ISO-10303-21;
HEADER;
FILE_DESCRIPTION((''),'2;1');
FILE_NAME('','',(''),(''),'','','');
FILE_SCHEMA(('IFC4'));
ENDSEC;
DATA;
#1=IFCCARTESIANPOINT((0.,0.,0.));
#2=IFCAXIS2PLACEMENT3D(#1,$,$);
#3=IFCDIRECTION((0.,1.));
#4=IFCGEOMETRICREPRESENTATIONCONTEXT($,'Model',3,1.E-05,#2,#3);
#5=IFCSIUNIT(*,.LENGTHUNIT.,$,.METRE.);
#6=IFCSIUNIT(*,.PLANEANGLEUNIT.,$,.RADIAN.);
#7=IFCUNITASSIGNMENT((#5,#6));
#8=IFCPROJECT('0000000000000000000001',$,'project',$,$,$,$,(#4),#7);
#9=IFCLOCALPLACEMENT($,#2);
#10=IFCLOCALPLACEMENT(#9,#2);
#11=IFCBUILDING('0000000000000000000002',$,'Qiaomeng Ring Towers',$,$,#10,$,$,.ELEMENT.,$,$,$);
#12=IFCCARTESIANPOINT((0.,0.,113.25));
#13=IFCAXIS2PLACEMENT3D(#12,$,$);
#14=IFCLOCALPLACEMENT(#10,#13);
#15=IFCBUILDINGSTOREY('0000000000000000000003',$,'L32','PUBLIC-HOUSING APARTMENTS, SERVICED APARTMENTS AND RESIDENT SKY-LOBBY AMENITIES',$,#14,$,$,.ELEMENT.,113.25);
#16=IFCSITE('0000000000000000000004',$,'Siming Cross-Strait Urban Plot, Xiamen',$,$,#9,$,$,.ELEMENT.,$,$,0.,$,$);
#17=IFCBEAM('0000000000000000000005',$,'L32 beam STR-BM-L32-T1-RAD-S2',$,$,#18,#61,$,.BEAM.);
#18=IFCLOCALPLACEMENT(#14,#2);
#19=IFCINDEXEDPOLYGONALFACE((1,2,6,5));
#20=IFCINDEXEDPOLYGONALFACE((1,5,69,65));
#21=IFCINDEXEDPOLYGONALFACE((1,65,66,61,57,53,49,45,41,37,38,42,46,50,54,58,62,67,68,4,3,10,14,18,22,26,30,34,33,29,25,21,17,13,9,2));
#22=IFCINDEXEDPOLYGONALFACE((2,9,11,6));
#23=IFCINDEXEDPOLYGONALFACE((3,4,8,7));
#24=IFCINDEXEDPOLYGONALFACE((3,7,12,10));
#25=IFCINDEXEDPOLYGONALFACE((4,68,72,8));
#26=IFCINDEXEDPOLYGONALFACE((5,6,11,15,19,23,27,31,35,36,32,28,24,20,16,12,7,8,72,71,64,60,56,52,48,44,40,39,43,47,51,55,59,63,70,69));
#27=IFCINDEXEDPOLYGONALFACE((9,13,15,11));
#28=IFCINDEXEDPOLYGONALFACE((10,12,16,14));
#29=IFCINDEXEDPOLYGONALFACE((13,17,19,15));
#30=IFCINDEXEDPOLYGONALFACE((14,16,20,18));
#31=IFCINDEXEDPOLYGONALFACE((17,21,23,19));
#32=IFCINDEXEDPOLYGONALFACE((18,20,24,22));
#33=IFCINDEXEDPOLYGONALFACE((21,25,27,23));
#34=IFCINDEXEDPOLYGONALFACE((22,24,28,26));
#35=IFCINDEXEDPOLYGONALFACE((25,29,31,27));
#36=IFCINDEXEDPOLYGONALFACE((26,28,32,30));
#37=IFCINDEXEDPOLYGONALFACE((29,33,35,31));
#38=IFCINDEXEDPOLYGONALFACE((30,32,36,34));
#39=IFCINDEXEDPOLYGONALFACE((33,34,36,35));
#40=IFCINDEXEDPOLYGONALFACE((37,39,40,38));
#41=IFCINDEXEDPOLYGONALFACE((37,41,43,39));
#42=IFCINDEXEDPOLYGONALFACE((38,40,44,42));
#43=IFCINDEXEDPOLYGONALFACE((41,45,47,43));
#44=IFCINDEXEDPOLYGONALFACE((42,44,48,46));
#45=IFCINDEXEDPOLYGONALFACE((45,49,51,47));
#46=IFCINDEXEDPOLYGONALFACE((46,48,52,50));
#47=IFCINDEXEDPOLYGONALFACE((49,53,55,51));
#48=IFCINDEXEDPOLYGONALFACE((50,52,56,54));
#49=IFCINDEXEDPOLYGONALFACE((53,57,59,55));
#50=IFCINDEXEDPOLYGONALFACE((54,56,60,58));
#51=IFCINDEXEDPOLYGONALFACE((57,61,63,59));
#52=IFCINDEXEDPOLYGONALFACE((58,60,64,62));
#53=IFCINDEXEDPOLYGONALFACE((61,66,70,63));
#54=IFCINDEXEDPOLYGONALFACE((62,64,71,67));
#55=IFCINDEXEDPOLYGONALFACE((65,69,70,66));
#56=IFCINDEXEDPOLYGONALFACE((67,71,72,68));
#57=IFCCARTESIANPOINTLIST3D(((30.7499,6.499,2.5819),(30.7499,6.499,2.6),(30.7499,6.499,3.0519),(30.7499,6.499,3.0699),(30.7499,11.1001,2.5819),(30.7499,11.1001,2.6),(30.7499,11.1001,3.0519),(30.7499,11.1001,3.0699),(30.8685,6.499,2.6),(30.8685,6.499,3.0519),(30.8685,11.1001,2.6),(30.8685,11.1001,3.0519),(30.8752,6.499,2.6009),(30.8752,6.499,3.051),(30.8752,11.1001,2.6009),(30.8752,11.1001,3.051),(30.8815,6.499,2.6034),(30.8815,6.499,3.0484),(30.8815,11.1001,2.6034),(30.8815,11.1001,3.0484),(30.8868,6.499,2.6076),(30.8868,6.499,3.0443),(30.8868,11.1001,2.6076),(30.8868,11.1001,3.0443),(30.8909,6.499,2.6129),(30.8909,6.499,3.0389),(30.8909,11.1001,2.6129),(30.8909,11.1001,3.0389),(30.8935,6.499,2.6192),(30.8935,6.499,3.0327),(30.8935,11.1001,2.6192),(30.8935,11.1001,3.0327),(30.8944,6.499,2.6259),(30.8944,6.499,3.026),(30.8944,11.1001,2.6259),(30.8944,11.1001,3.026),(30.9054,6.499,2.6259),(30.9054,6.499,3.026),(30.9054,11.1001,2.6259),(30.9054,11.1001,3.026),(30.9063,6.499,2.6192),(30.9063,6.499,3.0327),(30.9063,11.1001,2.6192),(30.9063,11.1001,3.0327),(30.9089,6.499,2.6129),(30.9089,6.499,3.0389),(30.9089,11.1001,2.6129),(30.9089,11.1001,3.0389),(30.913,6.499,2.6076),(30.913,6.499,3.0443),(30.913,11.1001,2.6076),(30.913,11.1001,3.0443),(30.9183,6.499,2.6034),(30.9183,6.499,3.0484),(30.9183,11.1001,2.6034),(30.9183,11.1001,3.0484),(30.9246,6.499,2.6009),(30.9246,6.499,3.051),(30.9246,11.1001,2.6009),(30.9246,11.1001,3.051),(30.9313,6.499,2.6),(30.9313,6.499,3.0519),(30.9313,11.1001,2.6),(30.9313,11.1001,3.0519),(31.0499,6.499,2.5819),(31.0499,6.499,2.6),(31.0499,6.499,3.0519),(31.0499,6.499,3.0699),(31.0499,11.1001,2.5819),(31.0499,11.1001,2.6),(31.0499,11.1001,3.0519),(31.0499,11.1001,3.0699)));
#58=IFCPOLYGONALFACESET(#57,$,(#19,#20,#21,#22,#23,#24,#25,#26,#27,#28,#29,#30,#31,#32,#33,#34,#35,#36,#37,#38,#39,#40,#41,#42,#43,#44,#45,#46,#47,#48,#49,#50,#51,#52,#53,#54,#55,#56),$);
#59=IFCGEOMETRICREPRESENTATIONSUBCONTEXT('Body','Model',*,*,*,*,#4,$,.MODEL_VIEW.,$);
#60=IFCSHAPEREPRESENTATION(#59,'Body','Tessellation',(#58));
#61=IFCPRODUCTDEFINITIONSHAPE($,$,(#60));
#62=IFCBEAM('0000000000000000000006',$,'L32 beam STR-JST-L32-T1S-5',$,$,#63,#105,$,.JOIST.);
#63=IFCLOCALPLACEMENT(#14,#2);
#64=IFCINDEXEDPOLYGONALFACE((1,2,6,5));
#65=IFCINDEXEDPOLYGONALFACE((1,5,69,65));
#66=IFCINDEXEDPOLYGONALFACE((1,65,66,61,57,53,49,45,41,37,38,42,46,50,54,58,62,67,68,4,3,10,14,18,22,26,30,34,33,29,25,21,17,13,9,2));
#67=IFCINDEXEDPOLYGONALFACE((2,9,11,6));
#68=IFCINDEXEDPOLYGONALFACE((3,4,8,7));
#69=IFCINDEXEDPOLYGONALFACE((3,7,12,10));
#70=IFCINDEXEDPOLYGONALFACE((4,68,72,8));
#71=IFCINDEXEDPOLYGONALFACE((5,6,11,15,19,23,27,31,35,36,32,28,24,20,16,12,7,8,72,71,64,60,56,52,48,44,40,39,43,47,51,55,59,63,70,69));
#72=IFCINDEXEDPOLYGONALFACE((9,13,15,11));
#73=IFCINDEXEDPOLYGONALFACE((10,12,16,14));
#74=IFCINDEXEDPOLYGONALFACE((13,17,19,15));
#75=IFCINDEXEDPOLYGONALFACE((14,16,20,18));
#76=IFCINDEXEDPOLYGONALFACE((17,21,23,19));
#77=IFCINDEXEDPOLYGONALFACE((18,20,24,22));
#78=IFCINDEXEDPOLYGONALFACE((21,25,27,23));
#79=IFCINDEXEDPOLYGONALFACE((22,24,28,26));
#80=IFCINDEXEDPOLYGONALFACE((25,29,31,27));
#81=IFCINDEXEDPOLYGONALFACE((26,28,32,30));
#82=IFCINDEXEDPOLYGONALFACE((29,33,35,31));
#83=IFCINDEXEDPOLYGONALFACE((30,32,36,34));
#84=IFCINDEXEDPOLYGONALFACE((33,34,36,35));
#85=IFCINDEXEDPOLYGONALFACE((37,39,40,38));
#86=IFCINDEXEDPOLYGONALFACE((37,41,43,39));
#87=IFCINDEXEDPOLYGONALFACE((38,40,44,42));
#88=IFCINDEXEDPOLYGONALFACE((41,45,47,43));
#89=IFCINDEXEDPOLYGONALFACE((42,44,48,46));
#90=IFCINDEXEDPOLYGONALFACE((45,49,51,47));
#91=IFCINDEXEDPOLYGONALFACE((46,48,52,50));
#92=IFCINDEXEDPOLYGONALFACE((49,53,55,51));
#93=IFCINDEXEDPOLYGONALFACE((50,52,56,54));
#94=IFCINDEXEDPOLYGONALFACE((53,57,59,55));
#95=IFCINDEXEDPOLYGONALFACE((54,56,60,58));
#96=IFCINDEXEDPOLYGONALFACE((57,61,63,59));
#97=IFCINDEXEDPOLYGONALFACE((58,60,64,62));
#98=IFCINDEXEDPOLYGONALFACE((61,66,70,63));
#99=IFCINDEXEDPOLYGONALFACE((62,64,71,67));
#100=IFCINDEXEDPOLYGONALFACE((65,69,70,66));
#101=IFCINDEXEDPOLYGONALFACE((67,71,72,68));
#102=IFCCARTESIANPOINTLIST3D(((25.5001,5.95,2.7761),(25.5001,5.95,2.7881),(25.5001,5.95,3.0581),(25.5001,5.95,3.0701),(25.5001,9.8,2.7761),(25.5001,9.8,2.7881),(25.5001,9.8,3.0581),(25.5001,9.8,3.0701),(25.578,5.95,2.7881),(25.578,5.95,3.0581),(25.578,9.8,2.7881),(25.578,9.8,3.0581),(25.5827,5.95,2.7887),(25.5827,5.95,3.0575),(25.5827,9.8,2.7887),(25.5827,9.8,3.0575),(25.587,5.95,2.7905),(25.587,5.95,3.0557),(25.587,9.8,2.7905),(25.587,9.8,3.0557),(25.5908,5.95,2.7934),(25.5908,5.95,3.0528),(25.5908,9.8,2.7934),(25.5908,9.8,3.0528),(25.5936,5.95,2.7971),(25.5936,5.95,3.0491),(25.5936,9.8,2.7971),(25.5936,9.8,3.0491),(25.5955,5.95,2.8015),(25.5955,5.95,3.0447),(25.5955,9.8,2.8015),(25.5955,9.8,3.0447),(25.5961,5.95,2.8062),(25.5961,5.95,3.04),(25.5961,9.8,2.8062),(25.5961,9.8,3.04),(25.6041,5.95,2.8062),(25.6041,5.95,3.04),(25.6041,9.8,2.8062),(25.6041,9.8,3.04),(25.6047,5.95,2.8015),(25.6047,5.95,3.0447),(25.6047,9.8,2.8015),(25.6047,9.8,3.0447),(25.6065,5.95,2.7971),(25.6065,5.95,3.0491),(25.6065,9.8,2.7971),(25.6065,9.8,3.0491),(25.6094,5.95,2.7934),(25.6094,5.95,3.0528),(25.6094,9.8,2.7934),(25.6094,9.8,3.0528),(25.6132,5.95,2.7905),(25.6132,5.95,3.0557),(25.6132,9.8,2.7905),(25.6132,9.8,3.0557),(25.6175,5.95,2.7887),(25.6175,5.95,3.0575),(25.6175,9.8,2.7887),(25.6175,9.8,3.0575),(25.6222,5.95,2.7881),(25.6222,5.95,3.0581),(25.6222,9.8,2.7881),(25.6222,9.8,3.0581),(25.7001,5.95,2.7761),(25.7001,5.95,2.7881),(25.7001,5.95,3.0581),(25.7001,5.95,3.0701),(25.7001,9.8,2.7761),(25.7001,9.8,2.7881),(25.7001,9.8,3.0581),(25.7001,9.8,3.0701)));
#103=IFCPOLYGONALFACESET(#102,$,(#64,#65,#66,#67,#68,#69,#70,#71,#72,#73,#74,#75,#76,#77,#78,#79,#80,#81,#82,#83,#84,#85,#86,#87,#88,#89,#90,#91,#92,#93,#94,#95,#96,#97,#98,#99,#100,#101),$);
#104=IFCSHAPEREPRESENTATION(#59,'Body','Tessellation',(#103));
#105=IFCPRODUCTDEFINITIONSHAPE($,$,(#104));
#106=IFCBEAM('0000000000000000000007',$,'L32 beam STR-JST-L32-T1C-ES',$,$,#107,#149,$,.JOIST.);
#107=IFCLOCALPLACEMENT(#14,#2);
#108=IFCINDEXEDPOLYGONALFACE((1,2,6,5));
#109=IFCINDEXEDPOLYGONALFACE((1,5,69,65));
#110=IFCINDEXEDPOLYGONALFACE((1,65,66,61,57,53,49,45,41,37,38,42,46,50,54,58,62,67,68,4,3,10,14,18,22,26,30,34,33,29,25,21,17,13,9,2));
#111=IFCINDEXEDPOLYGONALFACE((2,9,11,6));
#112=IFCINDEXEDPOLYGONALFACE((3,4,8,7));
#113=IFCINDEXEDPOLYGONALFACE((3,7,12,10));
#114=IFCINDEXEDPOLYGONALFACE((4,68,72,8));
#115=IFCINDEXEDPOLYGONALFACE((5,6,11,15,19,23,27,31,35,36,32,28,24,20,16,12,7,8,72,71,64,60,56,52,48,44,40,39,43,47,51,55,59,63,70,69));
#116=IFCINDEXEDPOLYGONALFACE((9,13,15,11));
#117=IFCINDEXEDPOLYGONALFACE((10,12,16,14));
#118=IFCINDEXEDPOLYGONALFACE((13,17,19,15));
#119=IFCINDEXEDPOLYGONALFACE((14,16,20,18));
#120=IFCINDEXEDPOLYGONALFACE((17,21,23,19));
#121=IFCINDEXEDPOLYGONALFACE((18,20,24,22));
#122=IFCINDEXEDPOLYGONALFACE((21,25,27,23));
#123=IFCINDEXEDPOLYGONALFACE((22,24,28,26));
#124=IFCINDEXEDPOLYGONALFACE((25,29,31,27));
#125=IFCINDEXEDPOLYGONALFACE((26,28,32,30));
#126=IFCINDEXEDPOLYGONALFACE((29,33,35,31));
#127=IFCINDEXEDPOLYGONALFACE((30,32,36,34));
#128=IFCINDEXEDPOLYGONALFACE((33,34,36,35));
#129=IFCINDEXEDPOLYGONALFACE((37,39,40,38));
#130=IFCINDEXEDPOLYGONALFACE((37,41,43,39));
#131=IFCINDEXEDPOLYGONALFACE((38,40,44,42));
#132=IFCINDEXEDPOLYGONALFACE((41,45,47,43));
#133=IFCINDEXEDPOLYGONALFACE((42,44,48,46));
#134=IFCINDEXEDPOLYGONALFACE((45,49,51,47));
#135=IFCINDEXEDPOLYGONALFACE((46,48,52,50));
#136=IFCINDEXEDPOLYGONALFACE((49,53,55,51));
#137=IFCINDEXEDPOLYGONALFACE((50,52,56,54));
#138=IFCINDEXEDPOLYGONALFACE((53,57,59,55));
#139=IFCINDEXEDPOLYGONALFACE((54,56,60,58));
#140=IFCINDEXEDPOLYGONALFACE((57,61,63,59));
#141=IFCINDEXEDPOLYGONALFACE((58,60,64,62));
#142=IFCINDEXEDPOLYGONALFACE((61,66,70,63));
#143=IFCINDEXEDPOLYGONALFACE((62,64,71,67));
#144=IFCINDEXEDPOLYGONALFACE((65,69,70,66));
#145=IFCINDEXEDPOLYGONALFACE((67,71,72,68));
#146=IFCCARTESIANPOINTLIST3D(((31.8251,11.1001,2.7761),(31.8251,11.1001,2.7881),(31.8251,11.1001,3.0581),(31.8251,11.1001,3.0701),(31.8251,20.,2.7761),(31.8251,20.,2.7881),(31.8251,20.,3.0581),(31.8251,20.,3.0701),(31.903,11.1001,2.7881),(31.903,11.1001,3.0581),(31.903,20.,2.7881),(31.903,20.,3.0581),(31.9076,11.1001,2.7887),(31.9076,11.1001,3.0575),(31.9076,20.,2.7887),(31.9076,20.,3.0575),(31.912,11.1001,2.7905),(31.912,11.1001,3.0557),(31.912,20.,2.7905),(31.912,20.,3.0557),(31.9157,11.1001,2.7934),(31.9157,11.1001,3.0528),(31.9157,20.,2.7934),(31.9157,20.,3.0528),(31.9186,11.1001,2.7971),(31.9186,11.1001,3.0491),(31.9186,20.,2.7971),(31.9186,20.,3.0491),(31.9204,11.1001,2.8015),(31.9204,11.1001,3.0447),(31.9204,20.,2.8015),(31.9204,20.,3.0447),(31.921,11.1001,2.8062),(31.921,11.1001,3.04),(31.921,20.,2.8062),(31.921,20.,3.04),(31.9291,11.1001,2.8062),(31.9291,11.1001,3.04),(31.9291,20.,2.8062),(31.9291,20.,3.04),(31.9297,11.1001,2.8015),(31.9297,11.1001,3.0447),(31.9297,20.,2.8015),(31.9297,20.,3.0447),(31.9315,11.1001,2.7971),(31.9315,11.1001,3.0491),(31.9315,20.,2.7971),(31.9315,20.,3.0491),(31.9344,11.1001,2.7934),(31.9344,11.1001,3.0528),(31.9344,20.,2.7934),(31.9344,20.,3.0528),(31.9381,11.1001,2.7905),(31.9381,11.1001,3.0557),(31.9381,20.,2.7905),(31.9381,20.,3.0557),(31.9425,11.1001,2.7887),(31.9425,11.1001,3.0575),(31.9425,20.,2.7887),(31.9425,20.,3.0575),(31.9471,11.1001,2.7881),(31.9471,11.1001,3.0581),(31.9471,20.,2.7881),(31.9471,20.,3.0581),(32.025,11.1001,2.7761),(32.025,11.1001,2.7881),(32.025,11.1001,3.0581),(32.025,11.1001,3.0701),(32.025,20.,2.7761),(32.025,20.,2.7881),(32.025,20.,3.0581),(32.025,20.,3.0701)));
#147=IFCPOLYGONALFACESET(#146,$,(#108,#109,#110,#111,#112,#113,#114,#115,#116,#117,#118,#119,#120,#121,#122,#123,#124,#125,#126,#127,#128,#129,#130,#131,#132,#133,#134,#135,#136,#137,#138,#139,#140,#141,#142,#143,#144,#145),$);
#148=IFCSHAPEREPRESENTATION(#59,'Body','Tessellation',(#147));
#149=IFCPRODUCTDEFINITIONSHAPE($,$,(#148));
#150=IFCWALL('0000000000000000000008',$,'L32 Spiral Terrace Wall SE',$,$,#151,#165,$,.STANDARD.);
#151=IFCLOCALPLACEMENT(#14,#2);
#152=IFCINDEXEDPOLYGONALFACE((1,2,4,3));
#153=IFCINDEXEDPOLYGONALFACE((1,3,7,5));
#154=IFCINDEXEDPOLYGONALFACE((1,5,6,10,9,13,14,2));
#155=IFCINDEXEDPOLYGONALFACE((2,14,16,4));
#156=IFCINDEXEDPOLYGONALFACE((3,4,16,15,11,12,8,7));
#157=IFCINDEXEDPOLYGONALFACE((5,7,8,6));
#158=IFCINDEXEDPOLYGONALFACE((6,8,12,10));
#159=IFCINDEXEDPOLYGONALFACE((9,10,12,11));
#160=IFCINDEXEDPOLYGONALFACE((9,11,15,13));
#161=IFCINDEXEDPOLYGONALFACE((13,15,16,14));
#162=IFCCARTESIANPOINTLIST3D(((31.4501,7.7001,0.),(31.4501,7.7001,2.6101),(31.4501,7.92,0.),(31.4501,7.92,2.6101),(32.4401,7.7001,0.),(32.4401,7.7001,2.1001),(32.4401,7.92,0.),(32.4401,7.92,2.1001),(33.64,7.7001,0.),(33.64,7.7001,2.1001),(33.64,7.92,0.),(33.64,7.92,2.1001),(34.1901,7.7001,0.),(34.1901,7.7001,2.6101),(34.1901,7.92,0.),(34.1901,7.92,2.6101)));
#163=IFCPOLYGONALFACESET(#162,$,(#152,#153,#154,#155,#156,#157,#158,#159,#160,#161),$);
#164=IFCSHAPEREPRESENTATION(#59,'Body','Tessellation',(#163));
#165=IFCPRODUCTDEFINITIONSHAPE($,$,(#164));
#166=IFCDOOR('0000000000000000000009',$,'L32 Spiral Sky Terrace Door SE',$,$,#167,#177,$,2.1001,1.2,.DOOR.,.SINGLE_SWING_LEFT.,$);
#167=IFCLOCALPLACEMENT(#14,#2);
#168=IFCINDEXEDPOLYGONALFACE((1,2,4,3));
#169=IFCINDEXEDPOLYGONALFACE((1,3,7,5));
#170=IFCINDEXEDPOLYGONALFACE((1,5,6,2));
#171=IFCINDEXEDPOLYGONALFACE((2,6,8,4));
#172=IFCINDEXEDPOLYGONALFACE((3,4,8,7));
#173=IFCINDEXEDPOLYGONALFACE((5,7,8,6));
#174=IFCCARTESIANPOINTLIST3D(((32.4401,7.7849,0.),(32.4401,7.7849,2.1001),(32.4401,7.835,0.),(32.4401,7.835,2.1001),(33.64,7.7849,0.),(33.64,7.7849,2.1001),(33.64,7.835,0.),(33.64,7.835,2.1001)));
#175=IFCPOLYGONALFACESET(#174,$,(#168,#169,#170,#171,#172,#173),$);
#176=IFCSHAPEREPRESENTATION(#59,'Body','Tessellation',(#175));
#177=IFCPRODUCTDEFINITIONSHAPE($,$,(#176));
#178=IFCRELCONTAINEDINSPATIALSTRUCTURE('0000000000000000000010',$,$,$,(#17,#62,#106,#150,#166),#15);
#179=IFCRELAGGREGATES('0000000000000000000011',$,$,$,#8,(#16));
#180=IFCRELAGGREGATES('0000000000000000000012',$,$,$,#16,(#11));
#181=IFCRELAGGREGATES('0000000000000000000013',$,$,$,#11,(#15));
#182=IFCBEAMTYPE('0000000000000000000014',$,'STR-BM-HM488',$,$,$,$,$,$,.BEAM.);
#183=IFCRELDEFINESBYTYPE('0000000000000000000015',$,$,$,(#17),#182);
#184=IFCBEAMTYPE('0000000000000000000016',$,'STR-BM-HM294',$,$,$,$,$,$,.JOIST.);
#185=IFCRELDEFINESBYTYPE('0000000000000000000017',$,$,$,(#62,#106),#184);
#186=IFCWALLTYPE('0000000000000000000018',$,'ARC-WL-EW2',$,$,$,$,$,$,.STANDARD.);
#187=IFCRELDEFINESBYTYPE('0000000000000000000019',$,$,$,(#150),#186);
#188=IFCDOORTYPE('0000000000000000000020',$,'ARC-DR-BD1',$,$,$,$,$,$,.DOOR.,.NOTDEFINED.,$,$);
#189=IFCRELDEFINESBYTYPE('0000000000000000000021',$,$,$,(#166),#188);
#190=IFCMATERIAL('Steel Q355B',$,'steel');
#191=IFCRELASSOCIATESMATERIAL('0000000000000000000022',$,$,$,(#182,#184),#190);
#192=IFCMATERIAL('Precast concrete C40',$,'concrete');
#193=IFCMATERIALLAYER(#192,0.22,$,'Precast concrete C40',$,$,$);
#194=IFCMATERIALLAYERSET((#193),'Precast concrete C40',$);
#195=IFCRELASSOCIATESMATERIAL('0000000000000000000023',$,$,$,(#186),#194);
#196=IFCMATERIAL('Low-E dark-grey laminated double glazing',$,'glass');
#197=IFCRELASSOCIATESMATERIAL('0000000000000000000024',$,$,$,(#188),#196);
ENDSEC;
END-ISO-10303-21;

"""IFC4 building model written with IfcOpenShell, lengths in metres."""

from ifc_helpers import new_model, si_unit, direction, frame, frame_2d, origin, origin_2d, place, context, subcontext, project, spatial, rectangle, i_section, extrude, source, transform, mapped, material, layer, layer_set, material_profile, profile_set, type_object, element, fill, save


model = new_model("IFC4")

# Units and contexts
model_context = context("Model", 3, precision=1e-05, world=origin(), true_north=direction((0.0, 1.0)))
body_context = subcontext(model_context, "Body", "Model", "MODEL_VIEW")
ifc_project = project(units=[si_unit("LENGTHUNIT", "METRE"), si_unit("PLANEANGLEUNIT", "RADIAN")], contexts=[model_context])

# Site, building, storey
site_placement = place(None, origin())
site = spatial("IfcSite", under=ifc_project, at=site_placement, Name="Siming Cross-Strait Urban Plot, Xiamen", CompositionType="ELEMENT", RefElevation=0.0)
building_placement = place(site_placement, origin())
building = spatial("IfcBuilding", under=site, at=building_placement, Name="Qiaomeng Ring Towers", CompositionType="ELEMENT")
storey_placement = place(building_placement, frame((0.0, 0.0, 113.25)))
storey = spatial("IfcBuildingStorey", under=building, at=storey_placement, Name="L32", Description="PUBLIC-HOUSING APARTMENTS, SERVICED APARTMENTS AND RESIDENT SKY-LOBBY AMENITIES", CompositionType="ELEMENT", Elevation=113.25)

# Beams
ifc_material_1 = material(Name="Steel Q355B", Category="steel")
ifc_material_profile_1 = material_profile(ifc_material_1, i_section(OverallWidth=0.3, OverallDepth=0.488, WebThickness=0.011, FlangeThickness=0.0181, FilletRadius=0.0259, at=origin_2d()), Name="HM 488x300x11x18")
ifc_profile_set_1 = profile_set([ifc_material_profile_1], Name="Steel Q355B")
beam_type_1 = type_object("IfcBeamType", Name="STR-BM-HM488", PredefinedType="BEAM", material=ifc_profile_set_1)
shared_shape_1 = source(origin(), body_context, "Body", "SweptSolid", [
    extrude(i_section(OverallWidth=0.3, OverallDepth=0.488, WebThickness=0.011, FlangeThickness=0.0181, FilletRadius=0.0259, at=origin_2d()), origin(), (0.0, 0.0, 1.0), 4.6011),
])
beam_1_placement = place(storey_placement, frame((30.8999, 6.499, 2.8259), z_axis=(0.0, 1.0, 0.0), x_axis=(-1.0, 0.0, 0.0)))
element("IfcBeam", 1, at=beam_1_placement, inside=storey, type_object=beam_type_1, Name="L32 beam STR-BM-L32-T1-RAD-S2", PredefinedType="BEAM", context=body_context, shape_type="MappedRepresentation", body=[
    mapped(shared_shape_1, transform((0.0, 0.0, 0.0), x_axis=(1.0, 0.0, 0.0), y_axis=(0.0, 1.0, 0.0), z_axis=(0.0, 0.0, 1.0), scale=1.0)),
])
ifc_material_profile_2 = material_profile(ifc_material_1, i_section(OverallWidth=0.2, OverallDepth=0.2939, WebThickness=0.0081, FlangeThickness=0.012, FilletRadius=0.0181, at=origin_2d()), Name="HM 294x200x8x12")
ifc_profile_set_2 = profile_set([ifc_material_profile_2], Name="Steel Q355B")
beam_type_2 = type_object("IfcBeamType", Name="STR-BM-HM294", PredefinedType="JOIST", material=ifc_profile_set_2)
shared_shape_2 = source(origin(), body_context, "Body", "SweptSolid", [
    extrude(i_section(OverallWidth=0.2, OverallDepth=0.2939, WebThickness=0.0081, FlangeThickness=0.012, FilletRadius=0.0181, at=origin_2d()), origin(), (0.0, 0.0, 1.0), 3.8501),
])
beam_2_placement = place(storey_placement, frame((25.6001, 5.95, 2.9231), z_axis=(0.0, 1.0, 0.0), x_axis=(-1.0, 0.0, 0.0)))
element("IfcBeam", 2, at=beam_2_placement, inside=storey, type_object=beam_type_2, Name="L32 beam STR-JST-L32-T1S-5", PredefinedType="JOIST", context=body_context, shape_type="MappedRepresentation", body=[
    mapped(shared_shape_2, transform((0.0, 0.0, 0.0), x_axis=(1.0, 0.0, 0.0), y_axis=(0.0, 1.0, 0.0), z_axis=(0.0, 0.0, 1.0), scale=1.0)),
])
shared_shape_3 = source(origin(), body_context, "Body", "SweptSolid", [
    extrude(i_section(OverallWidth=0.2, OverallDepth=0.2939, WebThickness=0.0081, FlangeThickness=0.012, FilletRadius=0.0181, at=origin_2d()), origin(), (0.0, 0.0, 1.0), 8.8999),
])
beam_3_placement = place(storey_placement, frame((31.925, 11.1001, 2.9231), z_axis=(0.0, 1.0, 0.0), x_axis=(-1.0, 0.0, 0.0)))
element("IfcBeam", 3, at=beam_3_placement, inside=storey, type_object=beam_type_2, Name="L32 beam STR-JST-L32-T1C-ES", PredefinedType="JOIST", context=body_context, shape_type="MappedRepresentation", body=[
    mapped(shared_shape_3, transform((0.0, 0.0, 0.0), x_axis=(1.0, 0.0, 0.0), y_axis=(0.0, 1.0, 0.0), z_axis=(0.0, 0.0, 1.0), scale=1.0)),
])

# Wall, opening, door
ifc_material_2 = material(Name="Precast concrete C40", Category="concrete")
ifc_layer_1 = layer(ifc_material_2, 0.22, Name="Precast concrete C40")
ifc_layer_set_1 = layer_set([ifc_layer_1], Name="Precast concrete C40")
wall_type_1 = type_object("IfcWallType", Name="ARC-WL-EW2", PredefinedType="STANDARD", material=ifc_layer_set_1)
wall_1_placement = place(storey_placement, frame((31.45, 7.8101, 0.0), z_axis=(0.0, 0.0, 1.0), x_axis=(1.0, 0.0, 0.0)))
wall_1 = element("IfcWall", 4, at=wall_1_placement, inside=storey, type_object=wall_type_1, Name="L32 Spiral Terrace Wall SE", PredefinedType="STANDARD", context=body_context, shape_type="SweptSolid", body=[
    extrude(rectangle(XDim=2.74, YDim=0.22, at=frame_2d((1.3701, 0.0))), origin(), (0.0, 0.0, 1.0), 2.6101),
])
opening_1_placement = place(wall_1_placement, frame((0.99, 0.0, 0.0)))
opening_1 = element("IfcOpeningElement", 5, at=opening_1_placement, cuts=wall_1, PredefinedType="OPENING", context=body_context, shape_type="SweptSolid", body=[
    extrude(rectangle(XDim=1.2, YDim=2.1001, at=frame_2d((0.6001, 1.05))), frame((0.0, 0.1199, 0.0), z_axis=(0.0, -1.0, 0.0), x_axis=(1.0, 0.0, 0.0)), (0.0, 0.0, 1.0), 0.24),
])
ifc_material_3 = material(Name="Low-E dark-grey laminated double glazing", Category="glass")
door_type_1 = type_object("IfcDoorType", Name="ARC-DR-BD1", OperationType="NOTDEFINED", PredefinedType="DOOR", material=ifc_material_3)
shared_shape_4 = source(origin(), body_context, "Body", "SweptSolid", [
    extrude(rectangle(XDim=1.2, YDim=2.1001, at=frame_2d((0.6001, 1.05))), frame((0.0, 0.0249, 0.0), z_axis=(0.0, -1.0, 0.0), x_axis=(1.0, 0.0, 0.0)), (0.0, 0.0, 1.0), 0.05),
])
door_1_placement = place(opening_1_placement, origin())
door_1 = element("IfcDoor", 6, at=door_1_placement, inside=storey, type_object=door_type_1, Name="L32 Spiral Sky Terrace Door SE", OperationType="SINGLE_SWING_LEFT", OverallHeight=2.1001, OverallWidth=1.2, PredefinedType="DOOR", context=body_context, shape_type="MappedRepresentation", body=[
    mapped(shared_shape_4, transform((0.0, 0.0, 0.0), x_axis=(1.0, 0.0, 0.0), y_axis=(0.0, 1.0, 0.0), z_axis=(0.0, 0.0, 1.0), scale=1.0)),
])
fill(opening_1, door_1)

save(model, "model.ifc")
